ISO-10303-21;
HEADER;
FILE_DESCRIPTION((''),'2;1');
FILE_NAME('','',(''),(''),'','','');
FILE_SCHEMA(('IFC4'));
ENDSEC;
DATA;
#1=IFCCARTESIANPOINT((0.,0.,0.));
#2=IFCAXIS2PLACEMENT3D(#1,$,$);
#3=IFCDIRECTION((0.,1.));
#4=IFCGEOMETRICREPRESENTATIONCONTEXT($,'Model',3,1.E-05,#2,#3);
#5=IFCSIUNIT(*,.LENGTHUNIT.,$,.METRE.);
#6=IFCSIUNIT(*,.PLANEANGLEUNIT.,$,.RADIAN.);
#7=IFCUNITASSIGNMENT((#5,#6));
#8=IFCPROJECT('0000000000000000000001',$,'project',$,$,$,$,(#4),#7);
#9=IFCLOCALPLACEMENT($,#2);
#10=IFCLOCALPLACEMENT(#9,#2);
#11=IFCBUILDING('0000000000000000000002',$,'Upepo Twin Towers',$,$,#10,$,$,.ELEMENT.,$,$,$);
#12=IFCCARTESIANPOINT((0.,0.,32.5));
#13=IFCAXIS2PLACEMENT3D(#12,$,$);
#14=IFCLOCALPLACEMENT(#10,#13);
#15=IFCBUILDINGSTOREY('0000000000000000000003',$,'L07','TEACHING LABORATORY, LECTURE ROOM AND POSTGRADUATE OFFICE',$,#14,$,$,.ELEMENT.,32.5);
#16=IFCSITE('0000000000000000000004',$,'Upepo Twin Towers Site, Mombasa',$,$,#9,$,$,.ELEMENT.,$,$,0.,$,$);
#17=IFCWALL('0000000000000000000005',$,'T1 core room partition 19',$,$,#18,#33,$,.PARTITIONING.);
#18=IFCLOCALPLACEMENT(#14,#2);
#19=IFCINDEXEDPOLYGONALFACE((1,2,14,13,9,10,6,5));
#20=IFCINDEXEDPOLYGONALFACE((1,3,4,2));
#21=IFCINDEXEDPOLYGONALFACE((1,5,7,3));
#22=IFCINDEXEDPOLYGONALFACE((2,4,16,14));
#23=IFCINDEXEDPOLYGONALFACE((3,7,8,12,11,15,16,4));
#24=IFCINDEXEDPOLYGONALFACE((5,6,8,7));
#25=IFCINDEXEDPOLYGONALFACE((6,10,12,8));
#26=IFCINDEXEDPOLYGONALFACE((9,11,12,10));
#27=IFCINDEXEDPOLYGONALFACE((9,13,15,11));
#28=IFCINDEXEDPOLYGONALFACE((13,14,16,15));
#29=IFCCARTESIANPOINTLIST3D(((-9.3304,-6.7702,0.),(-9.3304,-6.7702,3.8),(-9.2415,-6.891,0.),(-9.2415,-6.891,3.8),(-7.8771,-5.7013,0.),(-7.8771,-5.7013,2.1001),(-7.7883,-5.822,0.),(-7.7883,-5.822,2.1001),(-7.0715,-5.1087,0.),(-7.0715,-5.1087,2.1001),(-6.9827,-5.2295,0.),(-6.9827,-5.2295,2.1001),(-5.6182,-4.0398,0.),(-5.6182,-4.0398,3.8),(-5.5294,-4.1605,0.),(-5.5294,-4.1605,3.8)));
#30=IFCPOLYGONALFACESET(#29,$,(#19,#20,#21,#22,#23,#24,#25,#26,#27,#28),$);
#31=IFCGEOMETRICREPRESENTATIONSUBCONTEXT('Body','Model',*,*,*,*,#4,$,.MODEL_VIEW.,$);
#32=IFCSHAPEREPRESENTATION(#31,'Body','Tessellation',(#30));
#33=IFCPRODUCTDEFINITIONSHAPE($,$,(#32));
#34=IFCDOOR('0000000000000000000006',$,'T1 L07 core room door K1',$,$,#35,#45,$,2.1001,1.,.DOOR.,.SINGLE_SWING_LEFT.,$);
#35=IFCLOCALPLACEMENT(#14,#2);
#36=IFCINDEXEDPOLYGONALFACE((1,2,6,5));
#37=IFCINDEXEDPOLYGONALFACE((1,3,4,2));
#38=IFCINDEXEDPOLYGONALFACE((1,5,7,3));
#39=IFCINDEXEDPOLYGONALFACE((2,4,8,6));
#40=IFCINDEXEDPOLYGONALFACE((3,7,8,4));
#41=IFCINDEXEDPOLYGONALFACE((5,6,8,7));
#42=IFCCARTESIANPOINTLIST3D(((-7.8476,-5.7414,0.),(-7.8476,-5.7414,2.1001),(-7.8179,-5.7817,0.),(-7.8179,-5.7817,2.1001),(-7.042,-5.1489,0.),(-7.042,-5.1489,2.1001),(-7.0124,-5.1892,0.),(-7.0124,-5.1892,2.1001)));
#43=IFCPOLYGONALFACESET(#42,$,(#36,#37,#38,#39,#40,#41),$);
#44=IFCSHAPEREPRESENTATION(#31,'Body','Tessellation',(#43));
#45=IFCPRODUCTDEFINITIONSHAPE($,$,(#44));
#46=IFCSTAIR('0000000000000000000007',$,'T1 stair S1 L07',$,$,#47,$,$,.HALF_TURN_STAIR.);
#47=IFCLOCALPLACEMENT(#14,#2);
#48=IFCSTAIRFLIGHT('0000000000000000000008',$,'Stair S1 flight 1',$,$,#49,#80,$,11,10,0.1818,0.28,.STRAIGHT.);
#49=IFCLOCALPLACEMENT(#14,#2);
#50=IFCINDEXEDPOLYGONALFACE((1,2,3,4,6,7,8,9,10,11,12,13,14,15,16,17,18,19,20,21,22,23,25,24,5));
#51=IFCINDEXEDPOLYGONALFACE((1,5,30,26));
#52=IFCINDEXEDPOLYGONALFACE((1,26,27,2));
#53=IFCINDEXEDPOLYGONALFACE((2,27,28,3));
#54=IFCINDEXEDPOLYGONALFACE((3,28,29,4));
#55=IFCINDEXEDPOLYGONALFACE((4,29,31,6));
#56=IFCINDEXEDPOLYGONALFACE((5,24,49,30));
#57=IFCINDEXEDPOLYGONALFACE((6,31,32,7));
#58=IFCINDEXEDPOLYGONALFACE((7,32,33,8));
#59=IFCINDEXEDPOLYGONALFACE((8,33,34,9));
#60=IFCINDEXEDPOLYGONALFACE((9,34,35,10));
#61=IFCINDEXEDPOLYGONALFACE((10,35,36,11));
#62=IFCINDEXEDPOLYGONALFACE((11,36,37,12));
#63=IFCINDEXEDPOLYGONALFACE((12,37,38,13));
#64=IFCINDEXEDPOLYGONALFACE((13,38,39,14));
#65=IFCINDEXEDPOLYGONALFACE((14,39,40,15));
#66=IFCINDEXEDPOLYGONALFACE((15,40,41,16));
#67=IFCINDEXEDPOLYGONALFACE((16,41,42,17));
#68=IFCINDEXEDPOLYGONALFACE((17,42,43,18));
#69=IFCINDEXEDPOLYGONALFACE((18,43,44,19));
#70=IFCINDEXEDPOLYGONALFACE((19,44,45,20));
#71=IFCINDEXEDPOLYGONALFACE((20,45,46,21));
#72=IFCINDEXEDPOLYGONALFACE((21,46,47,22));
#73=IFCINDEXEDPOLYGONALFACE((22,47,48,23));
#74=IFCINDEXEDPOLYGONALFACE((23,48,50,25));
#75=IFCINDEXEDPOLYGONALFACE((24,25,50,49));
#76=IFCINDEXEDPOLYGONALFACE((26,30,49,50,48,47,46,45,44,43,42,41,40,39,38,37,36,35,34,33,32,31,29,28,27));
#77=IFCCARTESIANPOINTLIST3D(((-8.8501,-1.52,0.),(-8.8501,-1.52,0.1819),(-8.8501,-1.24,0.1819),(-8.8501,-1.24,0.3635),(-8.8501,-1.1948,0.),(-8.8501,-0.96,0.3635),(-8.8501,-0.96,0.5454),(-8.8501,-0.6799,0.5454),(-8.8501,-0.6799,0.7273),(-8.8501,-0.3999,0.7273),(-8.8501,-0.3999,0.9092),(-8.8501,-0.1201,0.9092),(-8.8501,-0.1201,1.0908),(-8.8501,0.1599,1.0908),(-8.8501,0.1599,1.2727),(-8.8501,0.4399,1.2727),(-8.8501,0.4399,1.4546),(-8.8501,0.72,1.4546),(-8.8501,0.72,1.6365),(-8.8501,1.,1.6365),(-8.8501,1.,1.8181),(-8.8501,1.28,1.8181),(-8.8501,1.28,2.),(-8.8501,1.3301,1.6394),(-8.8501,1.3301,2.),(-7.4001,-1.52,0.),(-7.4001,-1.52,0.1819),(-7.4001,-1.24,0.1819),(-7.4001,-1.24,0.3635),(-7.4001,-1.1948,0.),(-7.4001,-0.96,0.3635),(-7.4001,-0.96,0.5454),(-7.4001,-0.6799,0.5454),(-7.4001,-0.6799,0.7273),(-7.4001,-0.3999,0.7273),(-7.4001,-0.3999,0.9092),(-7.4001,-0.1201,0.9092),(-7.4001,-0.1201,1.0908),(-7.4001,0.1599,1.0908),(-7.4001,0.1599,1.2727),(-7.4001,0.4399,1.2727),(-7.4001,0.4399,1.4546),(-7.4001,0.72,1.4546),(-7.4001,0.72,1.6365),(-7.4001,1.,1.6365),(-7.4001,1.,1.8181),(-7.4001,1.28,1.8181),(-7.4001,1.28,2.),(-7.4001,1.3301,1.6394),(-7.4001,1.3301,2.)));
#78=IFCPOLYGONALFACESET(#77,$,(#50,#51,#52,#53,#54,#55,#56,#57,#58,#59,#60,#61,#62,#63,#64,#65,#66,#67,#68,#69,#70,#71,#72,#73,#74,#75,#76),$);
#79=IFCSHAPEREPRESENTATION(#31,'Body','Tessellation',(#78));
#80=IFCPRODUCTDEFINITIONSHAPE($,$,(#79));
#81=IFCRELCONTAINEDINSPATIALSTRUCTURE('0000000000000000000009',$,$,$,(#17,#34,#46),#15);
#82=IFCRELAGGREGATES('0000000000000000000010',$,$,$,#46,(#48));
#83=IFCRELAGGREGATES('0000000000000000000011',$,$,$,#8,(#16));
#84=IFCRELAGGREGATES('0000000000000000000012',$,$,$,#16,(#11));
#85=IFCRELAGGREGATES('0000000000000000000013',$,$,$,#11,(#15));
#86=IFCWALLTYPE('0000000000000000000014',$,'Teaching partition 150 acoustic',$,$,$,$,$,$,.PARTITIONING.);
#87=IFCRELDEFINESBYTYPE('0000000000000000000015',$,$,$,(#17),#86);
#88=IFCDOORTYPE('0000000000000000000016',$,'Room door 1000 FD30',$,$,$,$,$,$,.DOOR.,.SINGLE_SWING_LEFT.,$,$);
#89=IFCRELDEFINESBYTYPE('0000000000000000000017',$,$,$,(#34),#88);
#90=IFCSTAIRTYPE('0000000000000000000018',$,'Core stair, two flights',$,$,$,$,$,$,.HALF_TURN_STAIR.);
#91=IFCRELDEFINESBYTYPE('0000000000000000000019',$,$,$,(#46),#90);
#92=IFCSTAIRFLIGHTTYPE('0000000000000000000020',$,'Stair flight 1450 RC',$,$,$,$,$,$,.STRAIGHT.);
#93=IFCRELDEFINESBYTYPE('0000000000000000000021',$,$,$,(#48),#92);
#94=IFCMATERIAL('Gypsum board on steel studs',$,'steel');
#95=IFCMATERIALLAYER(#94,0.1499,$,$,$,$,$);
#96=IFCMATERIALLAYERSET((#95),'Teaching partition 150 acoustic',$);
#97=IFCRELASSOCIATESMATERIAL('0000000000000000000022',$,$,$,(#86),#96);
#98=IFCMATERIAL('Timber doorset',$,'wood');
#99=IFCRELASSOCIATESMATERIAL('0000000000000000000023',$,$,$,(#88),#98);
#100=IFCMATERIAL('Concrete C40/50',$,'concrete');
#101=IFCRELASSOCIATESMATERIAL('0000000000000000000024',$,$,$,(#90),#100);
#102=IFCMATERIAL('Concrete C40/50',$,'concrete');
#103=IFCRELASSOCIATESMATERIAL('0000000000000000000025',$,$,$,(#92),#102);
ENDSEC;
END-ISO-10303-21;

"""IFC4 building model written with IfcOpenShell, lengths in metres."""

from ifc_helpers import new_model, si_unit, direction, frame, frame_2d, origin, place, context, subcontext, project, spatial, polyline, rectangle, outline, extrude, material, layer, layer_set, type_object, element, fill, aggregate, save


model = new_model("IFC4")

# Units and contexts
model_context = context("Model", 3, precision=1e-05, world=origin(), true_north=direction((0.0, 1.0)))
body_context = subcontext(model_context, "Body", "Model", "MODEL_VIEW")
ifc_project = project(units=[si_unit("LENGTHUNIT", "METRE"), si_unit("PLANEANGLEUNIT", "RADIAN")], contexts=[model_context])

# Site, building, storey
site_placement = place(None, origin())
site = spatial("IfcSite", under=ifc_project, at=site_placement, Name="Upepo Twin Towers Site, Mombasa", CompositionType="ELEMENT", RefElevation=0.0)
building_placement = place(site_placement, origin())
building = spatial("IfcBuilding", under=site, at=building_placement, Name="Upepo Twin Towers", CompositionType="ELEMENT")
storey_placement = place(building_placement, frame((0.0, 0.0, 32.5)))
storey = spatial("IfcBuildingStorey", under=building, at=storey_placement, Name="L07", Description="TEACHING LABORATORY, LECTURE ROOM AND POSTGRADUATE OFFICE", CompositionType="ELEMENT", Elevation=32.5)

# Shared definitions
ifc_material_1 = material(Name="Gypsum board on steel studs", Category="steel")
ifc_layer_1 = layer(ifc_material_1, 0.1499)
ifc_layer_set_1 = layer_set([ifc_layer_1], Name="Teaching partition 150 acoustic")
wall_type_1 = type_object("IfcWallType", Name="Teaching partition 150 acoustic", PredefinedType="PARTITIONING", material=ifc_layer_set_1)
ifc_material_2 = material(Name="Timber doorset", Category="wood")
door_type_1 = type_object("IfcDoorType", Name="Room door 1000 FD30", OperationType="SINGLE_SWING_LEFT", PredefinedType="DOOR", material=ifc_material_2)

# Wall, opening, door
wall_1_placement = place(storey_placement, frame((-5.5737, -4.1001, 0.0), z_axis=(0.0, 0.0, 1.0), x_axis=(-0.805554, -0.592523, 0.0)))
wall_1 = element("IfcWall", 1, at=wall_1_placement, inside=storey, type_object=wall_type_1, Name="T1 core room partition 19", PredefinedType="PARTITIONING", context=body_context, shape_type="SweptSolid", body=[
    extrude(rectangle(XDim=4.6082, YDim=0.1499, at=frame_2d((2.3042, 0.0))), origin(), (0.0, 0.0, 1.0), 3.8),
])
opening_1_placement = place(wall_1_placement, frame((1.8042, 0.0, 0.0)))
opening_1 = element("IfcOpeningElement", 2, at=opening_1_placement, cuts=wall_1, PredefinedType="OPENING", context=body_context, shape_type="SweptSolid", body=[
    extrude(rectangle(XDim=1.0, YDim=2.1001, at=frame_2d((0.5, 1.05))), frame((0.0, 0.085, 0.0), z_axis=(0.0, -1.0, 0.0), x_axis=(1.0, 0.0, 0.0)), (0.0, 0.0, 1.0), 0.1699),
])
door_1_placement = place(opening_1_placement, origin())
door_1 = element("IfcDoor", 3, at=door_1_placement, inside=storey, type_object=door_type_1, Name="T1 L07 core room door K1", OperationType="SINGLE_SWING_LEFT", OverallHeight=2.1001, OverallWidth=1.0, PredefinedType="DOOR", context=body_context, shape_type="SweptSolid", body=[
    extrude(rectangle(XDim=1.0, YDim=2.1001, at=frame_2d((0.5, 1.05))), frame((0.0, 0.0249, 0.0), z_axis=(0.0, -1.0, 0.0), x_axis=(1.0, 0.0, 0.0)), (0.0, 0.0, 1.0), 0.05),
])
fill(opening_1, door_1)

# Stair, stair flight
ifc_material_3 = material(Name="Concrete C40/50", Category="concrete")
stair_type = type_object("IfcStairType", Name="Core stair, two flights", PredefinedType="HALF_TURN_STAIR", material=ifc_material_3)
stair_placement = place(storey_placement, origin())
stair = element("IfcStair", 4, at=stair_placement, inside=storey, type_object=stair_type, Name="T1 stair S1 L07", PredefinedType="HALF_TURN_STAIR")
ifc_material_4 = material(Name="Concrete C40/50", Category="concrete")
stair_flight_type = type_object("IfcStairFlightType", Name="Stair flight 1450 RC", PredefinedType="STRAIGHT", material=ifc_material_4)
stair_flight_placement = place(storey_placement, frame((-8.125, -1.52, 0.0), z_axis=(0.0, 0.0, 1.0), x_axis=(0.0, 1.0, 0.0)))
stair_flight = element("IfcStairFlight", 5, at=stair_flight_placement, type_object=stair_flight_type, Name="Stair S1 flight 1", NumberOfRisers=11, NumberOfTreads=10, PredefinedType="STRAIGHT", RiserHeight=0.1818, TreadLength=0.28, context=body_context, shape_type="SweptSolid", body=[
    extrude(outline(polyline([(0.0, 0.0), (0.0, 0.1819), (0.28, 0.1819), (0.28, 0.3635), (0.5601, 0.3635), (0.5601, 0.5454), (0.8401, 0.5454), (0.8401, 0.7273), (1.1201, 0.7273), (1.1201, 0.9092), (1.3999, 0.9092), (1.3999, 1.0908), (1.6799, 1.0908), (1.6799, 1.2727), (1.96, 1.2727), (1.96, 1.4546), (2.24, 1.4546), (2.24, 1.6365), (2.52, 1.6365), (2.52, 1.8181), (2.8, 1.8181), (2.8, 2.0), (2.8501, 2.0), (2.8501, 1.6394), (0.3252, 0.0), (0.0, 0.0)])), frame((0.0, 0.7251, 0.0), z_axis=(0.0, -1.0, 0.0), x_axis=(1.0, 0.0, 0.0)), (0.0, 0.0, 1.0), 1.45),
])
aggregate(stair, [stair_flight])

save(model, "model.ifc")
